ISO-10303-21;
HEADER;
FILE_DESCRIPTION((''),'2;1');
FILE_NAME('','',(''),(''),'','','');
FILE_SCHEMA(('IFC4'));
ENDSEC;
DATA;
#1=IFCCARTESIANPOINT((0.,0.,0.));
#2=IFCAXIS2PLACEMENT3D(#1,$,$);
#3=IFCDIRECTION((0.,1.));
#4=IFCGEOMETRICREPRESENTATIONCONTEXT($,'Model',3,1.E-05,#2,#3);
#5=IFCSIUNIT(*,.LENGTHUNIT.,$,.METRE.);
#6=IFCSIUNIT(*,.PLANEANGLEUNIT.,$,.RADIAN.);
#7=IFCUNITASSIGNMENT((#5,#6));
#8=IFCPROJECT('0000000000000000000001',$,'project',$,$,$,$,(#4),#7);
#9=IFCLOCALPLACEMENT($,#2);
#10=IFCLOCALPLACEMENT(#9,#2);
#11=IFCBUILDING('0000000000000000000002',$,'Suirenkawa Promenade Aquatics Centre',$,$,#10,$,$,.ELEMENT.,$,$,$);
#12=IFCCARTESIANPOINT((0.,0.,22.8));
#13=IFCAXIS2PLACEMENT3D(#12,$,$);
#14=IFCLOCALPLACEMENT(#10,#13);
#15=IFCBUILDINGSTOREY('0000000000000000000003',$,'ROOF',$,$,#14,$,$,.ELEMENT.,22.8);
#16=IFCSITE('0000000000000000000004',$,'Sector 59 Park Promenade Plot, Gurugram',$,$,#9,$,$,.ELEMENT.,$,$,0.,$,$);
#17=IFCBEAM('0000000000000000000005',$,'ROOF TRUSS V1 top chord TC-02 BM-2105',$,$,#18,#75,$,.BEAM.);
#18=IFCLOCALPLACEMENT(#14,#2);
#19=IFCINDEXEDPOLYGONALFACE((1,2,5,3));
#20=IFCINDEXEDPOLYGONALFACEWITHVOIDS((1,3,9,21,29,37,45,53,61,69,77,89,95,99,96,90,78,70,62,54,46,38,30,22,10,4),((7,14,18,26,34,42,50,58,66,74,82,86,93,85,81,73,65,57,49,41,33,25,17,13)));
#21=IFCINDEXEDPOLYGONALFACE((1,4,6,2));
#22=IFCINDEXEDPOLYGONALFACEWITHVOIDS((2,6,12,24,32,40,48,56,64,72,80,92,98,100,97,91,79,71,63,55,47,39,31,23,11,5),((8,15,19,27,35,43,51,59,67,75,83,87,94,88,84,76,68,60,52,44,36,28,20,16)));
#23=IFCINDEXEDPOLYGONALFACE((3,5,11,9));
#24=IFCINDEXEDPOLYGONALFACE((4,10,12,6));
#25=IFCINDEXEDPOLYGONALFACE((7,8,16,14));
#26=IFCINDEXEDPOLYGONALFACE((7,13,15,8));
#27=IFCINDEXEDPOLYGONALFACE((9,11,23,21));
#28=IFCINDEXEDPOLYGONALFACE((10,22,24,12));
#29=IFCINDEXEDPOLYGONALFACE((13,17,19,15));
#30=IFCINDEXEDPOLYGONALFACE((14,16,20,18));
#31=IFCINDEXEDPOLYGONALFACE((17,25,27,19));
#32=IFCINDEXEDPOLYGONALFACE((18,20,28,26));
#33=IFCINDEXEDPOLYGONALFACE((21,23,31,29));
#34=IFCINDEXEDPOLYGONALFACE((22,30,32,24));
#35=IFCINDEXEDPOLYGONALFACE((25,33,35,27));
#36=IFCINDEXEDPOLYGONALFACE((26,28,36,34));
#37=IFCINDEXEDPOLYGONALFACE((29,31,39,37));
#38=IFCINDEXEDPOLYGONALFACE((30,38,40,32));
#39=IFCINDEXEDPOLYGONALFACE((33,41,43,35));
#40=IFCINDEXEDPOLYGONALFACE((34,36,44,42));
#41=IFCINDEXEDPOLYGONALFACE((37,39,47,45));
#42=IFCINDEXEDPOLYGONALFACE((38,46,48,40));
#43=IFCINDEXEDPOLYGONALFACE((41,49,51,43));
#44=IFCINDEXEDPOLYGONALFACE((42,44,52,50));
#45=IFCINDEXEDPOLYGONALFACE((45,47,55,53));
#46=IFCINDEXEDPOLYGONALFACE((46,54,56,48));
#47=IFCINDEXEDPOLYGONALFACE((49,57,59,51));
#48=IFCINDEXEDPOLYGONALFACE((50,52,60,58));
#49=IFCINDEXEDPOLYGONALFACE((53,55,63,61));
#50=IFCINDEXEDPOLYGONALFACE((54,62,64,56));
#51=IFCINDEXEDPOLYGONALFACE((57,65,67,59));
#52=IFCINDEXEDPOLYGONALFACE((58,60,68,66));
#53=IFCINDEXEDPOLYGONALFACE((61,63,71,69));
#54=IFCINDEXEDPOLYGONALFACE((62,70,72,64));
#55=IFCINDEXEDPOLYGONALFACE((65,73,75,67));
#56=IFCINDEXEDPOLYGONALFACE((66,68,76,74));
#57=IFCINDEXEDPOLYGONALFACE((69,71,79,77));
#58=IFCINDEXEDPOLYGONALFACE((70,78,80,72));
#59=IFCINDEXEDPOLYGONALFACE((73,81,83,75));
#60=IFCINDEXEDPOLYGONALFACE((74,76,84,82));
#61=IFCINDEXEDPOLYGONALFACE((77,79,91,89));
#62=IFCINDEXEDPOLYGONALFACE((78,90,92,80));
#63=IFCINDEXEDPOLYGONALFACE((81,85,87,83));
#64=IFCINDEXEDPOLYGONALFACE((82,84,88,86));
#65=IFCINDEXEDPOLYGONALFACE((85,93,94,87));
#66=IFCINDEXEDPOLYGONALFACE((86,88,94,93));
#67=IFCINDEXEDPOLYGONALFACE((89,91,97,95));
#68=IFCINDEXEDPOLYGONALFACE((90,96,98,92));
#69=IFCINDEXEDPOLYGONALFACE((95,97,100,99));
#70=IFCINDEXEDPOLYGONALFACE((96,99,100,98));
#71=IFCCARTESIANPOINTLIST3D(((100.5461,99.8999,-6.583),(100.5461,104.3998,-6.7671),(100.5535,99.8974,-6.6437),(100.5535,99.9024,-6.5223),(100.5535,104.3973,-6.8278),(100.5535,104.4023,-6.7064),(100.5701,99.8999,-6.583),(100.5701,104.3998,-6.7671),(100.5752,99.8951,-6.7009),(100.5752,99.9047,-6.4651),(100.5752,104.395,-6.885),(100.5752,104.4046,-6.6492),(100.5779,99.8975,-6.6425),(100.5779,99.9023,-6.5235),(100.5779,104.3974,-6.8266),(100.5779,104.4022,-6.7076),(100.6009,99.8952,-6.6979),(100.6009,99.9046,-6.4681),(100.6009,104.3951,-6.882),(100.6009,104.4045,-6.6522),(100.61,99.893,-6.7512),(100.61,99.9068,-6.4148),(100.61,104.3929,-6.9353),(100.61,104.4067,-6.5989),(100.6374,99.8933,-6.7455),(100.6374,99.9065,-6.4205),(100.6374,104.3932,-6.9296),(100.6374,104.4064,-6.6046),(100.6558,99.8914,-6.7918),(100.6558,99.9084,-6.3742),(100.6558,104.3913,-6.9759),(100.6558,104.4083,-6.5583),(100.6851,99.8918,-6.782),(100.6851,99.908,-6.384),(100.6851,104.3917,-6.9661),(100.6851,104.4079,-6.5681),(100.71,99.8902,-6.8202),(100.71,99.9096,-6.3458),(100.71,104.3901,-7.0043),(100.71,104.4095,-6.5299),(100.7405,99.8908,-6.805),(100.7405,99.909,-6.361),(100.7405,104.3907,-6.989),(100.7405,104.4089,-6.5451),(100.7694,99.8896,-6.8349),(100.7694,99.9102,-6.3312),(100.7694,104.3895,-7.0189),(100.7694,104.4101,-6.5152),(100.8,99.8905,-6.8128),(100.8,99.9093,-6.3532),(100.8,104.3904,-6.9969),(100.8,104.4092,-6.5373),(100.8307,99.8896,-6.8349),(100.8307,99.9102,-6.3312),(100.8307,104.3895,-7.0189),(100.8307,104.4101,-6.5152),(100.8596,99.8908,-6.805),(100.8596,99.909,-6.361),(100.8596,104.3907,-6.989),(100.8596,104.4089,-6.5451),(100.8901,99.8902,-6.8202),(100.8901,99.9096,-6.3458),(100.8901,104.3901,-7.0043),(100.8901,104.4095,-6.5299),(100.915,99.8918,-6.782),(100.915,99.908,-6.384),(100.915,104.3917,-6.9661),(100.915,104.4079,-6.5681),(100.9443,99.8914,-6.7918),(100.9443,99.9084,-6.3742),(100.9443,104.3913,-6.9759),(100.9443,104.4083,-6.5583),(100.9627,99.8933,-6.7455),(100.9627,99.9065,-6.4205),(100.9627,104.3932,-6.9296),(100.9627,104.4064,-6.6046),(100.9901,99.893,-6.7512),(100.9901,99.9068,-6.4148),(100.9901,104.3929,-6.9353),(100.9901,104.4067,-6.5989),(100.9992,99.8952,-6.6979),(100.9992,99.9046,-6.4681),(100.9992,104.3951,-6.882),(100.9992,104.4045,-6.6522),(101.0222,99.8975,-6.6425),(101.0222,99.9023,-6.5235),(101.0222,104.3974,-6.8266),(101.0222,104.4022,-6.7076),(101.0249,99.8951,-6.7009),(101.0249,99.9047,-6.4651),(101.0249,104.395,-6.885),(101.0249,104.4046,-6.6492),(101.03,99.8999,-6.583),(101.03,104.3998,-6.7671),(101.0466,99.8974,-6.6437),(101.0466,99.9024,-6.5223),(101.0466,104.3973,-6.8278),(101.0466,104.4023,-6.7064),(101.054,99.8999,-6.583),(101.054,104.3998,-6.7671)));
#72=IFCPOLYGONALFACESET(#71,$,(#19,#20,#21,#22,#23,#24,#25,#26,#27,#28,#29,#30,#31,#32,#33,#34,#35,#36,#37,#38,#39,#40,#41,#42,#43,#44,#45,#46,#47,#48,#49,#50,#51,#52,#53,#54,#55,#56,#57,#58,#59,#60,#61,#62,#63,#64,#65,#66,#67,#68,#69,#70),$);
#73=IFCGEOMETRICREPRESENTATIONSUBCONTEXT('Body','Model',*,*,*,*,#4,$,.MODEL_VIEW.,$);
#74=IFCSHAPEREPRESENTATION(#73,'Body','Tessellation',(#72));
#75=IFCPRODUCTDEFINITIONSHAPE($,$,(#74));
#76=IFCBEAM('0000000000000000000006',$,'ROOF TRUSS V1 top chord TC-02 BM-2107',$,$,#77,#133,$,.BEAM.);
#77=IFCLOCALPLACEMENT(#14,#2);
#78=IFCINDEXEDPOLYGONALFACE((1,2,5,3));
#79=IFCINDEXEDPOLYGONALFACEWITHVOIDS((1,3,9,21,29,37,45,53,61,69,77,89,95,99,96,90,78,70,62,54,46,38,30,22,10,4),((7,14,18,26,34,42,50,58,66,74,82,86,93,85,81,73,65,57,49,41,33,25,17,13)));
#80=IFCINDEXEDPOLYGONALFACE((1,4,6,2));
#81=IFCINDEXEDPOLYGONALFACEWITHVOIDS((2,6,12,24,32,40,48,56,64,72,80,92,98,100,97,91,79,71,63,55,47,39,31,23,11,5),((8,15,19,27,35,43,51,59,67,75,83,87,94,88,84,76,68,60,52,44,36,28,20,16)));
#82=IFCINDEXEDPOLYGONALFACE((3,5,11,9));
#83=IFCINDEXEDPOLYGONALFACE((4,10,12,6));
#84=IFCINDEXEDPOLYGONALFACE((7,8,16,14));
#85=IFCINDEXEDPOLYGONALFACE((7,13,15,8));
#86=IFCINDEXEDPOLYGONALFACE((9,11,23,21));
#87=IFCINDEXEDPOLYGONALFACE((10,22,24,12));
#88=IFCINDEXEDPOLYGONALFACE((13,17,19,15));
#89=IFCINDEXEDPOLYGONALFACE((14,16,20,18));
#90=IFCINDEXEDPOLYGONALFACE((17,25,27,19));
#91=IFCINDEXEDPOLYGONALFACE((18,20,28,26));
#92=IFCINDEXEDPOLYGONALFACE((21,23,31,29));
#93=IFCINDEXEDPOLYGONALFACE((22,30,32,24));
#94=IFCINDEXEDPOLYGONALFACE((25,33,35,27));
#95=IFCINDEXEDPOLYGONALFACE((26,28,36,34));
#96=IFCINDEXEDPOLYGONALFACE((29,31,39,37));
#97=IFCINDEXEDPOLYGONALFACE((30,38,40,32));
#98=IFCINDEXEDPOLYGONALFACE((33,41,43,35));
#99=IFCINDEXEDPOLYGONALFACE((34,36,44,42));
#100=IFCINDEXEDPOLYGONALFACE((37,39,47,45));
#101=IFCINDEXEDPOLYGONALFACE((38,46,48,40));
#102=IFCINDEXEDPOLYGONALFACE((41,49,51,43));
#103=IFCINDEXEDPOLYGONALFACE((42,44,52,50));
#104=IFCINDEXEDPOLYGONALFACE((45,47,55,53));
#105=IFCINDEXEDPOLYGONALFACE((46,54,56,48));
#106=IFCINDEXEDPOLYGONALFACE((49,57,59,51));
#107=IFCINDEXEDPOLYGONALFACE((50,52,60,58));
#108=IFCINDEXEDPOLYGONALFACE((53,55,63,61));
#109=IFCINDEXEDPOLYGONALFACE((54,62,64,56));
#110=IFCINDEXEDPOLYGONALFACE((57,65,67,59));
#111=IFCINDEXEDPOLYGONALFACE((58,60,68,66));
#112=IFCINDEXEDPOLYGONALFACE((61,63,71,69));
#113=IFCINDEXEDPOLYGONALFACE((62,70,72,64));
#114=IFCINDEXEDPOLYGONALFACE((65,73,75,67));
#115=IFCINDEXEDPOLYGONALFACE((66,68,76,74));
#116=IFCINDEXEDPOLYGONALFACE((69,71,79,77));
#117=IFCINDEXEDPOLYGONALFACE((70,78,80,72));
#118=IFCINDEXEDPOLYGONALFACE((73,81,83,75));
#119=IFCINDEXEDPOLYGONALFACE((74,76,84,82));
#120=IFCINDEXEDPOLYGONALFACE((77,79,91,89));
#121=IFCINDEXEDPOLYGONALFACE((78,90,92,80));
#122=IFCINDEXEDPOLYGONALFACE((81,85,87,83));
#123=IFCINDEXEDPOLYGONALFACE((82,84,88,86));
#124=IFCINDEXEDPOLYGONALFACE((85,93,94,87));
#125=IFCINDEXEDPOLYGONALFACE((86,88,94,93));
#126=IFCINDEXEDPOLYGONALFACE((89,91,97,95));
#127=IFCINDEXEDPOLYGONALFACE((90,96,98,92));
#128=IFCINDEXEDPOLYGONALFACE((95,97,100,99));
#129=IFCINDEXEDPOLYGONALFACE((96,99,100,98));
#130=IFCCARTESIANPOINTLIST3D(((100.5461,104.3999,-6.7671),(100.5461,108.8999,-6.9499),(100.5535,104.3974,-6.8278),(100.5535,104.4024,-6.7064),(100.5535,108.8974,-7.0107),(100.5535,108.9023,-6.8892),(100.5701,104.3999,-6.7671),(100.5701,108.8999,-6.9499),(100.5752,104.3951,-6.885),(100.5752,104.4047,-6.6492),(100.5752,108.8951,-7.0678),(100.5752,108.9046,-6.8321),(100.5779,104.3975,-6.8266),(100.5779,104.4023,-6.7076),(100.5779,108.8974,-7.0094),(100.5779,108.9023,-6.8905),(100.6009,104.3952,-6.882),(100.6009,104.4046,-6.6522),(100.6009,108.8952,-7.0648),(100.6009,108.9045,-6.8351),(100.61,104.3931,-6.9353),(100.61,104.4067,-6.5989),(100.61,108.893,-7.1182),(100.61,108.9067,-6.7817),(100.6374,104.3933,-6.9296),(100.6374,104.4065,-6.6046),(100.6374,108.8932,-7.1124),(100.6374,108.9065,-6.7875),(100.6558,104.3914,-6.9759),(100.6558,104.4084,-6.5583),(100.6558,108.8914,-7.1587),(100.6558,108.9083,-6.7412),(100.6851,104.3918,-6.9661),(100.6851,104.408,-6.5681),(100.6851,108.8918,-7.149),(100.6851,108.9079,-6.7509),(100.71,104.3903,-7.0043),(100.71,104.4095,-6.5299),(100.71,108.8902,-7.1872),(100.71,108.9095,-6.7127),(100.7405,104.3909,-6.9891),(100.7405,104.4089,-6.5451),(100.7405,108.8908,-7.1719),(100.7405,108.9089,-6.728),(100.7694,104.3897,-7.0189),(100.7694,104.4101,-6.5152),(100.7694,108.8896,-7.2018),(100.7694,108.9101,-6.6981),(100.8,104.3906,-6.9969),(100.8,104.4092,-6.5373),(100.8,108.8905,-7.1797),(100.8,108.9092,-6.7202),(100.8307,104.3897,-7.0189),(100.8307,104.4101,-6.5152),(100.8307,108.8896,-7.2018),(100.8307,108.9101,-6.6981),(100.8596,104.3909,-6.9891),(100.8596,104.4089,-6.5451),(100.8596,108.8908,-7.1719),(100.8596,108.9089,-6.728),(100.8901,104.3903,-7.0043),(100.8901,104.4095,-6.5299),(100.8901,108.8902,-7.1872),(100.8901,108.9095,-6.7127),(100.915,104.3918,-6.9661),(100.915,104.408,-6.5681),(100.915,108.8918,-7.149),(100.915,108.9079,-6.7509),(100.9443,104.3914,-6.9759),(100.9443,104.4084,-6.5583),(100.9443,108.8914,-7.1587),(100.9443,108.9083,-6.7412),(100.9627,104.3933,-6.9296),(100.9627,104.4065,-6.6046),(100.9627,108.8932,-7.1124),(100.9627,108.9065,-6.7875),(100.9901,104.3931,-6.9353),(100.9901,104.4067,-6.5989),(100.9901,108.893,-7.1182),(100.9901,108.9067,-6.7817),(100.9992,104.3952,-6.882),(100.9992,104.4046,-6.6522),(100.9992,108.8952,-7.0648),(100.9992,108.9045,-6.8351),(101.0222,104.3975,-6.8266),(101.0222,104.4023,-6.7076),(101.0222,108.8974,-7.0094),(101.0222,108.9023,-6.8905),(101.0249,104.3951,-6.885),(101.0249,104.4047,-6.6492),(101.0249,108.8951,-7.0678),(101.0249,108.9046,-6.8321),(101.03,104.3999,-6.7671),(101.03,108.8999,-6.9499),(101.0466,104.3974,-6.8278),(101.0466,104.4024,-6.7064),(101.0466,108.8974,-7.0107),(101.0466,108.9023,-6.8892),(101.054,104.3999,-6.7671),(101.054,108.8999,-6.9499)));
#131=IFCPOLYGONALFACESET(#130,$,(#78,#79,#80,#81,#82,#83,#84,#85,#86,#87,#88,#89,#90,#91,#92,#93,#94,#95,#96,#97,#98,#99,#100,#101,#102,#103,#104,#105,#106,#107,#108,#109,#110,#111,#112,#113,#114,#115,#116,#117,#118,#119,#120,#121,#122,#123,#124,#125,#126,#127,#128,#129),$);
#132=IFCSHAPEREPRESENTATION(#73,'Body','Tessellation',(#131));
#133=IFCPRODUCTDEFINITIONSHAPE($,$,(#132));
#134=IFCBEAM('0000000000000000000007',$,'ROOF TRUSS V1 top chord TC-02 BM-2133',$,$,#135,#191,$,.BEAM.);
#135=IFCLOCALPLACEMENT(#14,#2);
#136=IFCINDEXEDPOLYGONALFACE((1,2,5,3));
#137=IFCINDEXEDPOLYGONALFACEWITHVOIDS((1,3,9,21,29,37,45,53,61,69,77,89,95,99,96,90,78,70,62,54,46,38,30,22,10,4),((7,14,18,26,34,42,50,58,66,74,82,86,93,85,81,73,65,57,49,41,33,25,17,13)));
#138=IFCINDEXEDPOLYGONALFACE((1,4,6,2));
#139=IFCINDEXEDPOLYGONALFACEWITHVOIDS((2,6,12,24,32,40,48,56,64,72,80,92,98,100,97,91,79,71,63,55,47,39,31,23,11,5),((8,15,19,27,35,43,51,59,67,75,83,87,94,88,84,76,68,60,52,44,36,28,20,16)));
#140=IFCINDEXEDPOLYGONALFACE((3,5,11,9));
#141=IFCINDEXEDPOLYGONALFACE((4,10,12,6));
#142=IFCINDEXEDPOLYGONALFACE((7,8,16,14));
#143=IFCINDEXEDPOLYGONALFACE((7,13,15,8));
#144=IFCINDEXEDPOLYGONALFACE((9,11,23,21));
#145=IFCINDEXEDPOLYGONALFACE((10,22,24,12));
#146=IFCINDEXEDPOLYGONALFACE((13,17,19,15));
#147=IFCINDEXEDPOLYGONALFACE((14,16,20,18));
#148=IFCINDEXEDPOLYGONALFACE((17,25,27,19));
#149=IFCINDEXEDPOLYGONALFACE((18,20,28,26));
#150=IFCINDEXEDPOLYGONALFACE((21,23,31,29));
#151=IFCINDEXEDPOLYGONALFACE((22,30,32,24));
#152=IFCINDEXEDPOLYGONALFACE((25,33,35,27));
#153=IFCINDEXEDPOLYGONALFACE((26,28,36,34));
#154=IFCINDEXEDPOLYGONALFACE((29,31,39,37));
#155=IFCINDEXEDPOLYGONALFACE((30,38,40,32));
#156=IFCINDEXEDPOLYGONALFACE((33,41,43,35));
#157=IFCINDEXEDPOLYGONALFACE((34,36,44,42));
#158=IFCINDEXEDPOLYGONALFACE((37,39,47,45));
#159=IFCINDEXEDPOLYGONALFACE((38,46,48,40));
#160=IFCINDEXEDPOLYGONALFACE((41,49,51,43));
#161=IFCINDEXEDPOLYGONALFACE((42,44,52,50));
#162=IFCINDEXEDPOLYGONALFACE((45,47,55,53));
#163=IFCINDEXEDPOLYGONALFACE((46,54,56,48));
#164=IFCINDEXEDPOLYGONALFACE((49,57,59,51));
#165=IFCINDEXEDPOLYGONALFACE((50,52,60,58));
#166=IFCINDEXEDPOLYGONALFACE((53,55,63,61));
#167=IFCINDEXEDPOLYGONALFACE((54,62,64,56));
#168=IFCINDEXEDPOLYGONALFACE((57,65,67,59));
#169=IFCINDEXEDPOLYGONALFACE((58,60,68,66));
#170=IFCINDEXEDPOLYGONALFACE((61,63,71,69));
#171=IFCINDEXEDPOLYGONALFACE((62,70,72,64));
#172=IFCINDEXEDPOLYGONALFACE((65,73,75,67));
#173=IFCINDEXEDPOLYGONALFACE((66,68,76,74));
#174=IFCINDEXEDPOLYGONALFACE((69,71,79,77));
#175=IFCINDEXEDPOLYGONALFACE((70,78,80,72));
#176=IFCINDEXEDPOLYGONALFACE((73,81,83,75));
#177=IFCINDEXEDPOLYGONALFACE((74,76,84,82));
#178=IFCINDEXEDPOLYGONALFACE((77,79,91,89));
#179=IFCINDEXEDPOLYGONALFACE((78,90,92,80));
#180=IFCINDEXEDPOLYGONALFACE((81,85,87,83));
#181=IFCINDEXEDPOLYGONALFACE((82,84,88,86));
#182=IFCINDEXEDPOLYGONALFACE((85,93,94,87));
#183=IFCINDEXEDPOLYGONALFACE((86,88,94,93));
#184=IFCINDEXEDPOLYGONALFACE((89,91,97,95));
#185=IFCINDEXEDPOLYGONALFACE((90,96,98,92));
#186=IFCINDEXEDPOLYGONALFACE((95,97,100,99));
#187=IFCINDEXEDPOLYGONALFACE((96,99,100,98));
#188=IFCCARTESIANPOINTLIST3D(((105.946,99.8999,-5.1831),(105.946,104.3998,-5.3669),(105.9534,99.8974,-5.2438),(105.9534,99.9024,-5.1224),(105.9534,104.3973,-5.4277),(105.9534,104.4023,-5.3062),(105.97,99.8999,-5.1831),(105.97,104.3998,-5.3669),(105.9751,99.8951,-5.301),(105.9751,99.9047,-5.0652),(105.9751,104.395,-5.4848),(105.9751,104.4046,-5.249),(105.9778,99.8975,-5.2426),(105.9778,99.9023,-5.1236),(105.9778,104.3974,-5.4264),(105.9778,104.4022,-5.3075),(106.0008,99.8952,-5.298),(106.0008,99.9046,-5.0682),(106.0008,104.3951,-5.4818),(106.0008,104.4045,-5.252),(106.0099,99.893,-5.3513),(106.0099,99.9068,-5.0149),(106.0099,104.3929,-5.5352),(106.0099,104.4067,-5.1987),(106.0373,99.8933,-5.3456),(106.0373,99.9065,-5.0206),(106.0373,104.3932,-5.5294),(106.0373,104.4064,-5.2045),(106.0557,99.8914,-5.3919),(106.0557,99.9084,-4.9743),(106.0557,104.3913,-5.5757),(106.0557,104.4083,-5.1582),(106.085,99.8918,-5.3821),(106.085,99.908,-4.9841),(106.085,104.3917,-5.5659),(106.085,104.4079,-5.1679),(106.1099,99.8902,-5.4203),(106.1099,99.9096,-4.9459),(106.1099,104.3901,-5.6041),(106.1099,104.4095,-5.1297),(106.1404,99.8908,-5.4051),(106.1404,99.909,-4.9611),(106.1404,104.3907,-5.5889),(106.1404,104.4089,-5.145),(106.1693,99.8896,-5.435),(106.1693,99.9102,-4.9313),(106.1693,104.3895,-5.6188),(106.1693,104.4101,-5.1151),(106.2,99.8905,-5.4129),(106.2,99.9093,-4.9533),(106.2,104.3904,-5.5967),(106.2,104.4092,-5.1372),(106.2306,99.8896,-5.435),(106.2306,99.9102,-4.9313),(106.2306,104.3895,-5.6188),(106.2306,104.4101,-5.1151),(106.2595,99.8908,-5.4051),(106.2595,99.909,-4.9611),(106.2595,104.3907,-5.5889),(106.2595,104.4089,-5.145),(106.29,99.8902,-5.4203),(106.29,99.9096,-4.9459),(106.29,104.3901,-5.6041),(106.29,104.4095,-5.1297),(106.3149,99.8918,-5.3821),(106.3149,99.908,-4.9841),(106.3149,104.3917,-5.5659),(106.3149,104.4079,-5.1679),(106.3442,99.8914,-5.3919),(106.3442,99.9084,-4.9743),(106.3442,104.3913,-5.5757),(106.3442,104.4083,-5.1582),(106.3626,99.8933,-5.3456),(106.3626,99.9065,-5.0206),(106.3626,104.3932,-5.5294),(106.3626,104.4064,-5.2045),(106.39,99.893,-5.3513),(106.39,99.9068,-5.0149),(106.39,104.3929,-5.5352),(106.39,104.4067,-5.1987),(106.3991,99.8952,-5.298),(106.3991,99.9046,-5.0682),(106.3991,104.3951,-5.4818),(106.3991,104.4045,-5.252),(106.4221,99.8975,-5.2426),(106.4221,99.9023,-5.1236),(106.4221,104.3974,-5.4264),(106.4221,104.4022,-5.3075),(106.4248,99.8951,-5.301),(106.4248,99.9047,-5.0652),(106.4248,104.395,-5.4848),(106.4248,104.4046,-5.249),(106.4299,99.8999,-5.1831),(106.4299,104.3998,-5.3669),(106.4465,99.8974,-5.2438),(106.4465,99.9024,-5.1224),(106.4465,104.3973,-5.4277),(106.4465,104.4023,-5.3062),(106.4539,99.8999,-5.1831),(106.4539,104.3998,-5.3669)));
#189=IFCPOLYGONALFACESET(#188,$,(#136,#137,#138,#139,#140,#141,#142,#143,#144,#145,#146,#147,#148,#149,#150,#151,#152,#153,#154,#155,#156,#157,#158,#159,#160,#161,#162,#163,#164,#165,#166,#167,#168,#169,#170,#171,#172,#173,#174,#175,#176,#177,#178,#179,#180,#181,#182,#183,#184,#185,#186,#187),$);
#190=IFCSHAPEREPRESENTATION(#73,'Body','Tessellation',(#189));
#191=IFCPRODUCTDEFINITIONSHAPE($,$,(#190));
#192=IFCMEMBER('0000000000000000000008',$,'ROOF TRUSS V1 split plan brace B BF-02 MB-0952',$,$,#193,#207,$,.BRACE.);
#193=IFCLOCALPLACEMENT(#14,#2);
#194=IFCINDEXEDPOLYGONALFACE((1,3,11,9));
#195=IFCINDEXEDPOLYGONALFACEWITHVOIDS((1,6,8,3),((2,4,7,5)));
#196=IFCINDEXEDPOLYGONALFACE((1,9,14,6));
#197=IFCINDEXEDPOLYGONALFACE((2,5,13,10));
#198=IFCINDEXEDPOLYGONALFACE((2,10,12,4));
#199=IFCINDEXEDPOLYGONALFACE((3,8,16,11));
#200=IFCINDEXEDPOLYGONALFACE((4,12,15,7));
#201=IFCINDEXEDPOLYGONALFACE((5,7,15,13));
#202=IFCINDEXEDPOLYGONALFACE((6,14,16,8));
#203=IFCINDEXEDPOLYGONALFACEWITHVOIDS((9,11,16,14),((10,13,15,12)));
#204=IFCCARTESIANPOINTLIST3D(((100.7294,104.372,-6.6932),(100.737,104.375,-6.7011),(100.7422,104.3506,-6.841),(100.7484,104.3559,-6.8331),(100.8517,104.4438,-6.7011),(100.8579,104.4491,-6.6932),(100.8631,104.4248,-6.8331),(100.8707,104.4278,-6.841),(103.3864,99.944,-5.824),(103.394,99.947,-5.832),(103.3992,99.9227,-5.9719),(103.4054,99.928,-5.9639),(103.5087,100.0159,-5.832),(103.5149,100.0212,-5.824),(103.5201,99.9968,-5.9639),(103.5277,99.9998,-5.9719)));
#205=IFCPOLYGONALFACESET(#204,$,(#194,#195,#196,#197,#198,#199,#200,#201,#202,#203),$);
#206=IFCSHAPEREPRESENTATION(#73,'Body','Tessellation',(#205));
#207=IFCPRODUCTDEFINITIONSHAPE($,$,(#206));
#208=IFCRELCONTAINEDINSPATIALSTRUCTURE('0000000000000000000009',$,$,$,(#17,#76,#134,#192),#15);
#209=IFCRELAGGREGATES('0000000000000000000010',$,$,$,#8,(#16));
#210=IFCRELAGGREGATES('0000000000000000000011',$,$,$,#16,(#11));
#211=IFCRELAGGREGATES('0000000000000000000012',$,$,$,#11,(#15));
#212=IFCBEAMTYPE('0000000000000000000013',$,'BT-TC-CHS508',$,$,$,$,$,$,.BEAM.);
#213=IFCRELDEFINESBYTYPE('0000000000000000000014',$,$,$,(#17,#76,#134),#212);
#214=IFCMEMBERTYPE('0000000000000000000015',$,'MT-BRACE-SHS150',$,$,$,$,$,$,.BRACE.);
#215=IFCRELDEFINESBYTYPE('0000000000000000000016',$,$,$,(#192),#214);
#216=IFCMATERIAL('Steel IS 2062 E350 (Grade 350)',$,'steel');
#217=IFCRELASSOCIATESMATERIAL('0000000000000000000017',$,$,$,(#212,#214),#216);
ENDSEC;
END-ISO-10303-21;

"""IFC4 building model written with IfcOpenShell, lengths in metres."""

from ifc_helpers import new_model, si_unit, direction, frame, origin, origin_2d, place, context, subcontext, project, spatial, hollow_rectangle, hollow_circle, extrude, material, material_profile, profile_set, type_object, element, save


model = new_model("IFC4")

# Units and contexts
model_context = context("Model", 3, precision=1e-05, world=origin(), true_north=direction((0.0, 1.0)))
body_context = subcontext(model_context, "Body", "Model", "MODEL_VIEW")
ifc_project = project(units=[si_unit("LENGTHUNIT", "METRE"), si_unit("PLANEANGLEUNIT", "RADIAN")], contexts=[model_context])

# Site, building, storey
site_placement = place(None, origin())
site = spatial("IfcSite", under=ifc_project, at=site_placement, Name="Sector 59 Park Promenade Plot, Gurugram", CompositionType="ELEMENT", RefElevation=0.0)
building_placement = place(site_placement, origin())
building = spatial("IfcBuilding", under=site, at=building_placement, Name="Suirenkawa Promenade Aquatics Centre", CompositionType="ELEMENT")
storey_placement = place(building_placement, frame((0.0, 0.0, 22.8)))
storey = spatial("IfcBuildingStorey", under=building, at=storey_placement, Name="ROOF", CompositionType="ELEMENT", Elevation=22.8)

# Beams
ifc_material = material(Name="Steel IS 2062 E350 (Grade 350)", Category="steel")
ifc_material_profile_1 = material_profile(ifc_material, hollow_circle(Radius=0.2539, WallThickness=0.0239, at=origin_2d()), Name="CHS 508x24", Category="steel")
ifc_profile_set_1 = profile_set([ifc_material_profile_1], Name="Steel IS 2062 E350 (Grade 350)")
beam_type_1 = type_object("IfcBeamType", Name="BT-TC-CHS508", PredefinedType="BEAM", material=ifc_profile_set_1)
for number, where, z_axis, x_axis, name in (
    (1, (100.8, 99.8999, -6.583), (0.0, 0.999164, -0.040873), (-1.0, 0.0, 0.0), "ROOF TRUSS V1 top chord TC-02 BM-2105"),
    (2, (100.8, 104.3999, -6.7671), (0.0, 0.999175, -0.040602), (-1.0, 0.0, 0.0), "ROOF TRUSS V1 top chord TC-02 BM-2107"),
    (3, (106.2, 99.8999, -5.1831), (0.0, 0.999167, -0.040819), (-1.0, 0.0, 0.0), "ROOF TRUSS V1 top chord TC-02 BM-2133"),
):
    element("IfcBeam", number, at=place(storey_placement, frame(where, z_axis=z_axis, x_axis=x_axis)), inside=storey, type_object=beam_type_1, Name=name, PredefinedType="BEAM", context=body_context, shape_type="SweptSolid", body=[
        extrude(hollow_circle(Radius=0.2539, WallThickness=0.0239, at=origin_2d()), origin(), (0.0, 0.0, 1.0), 4.5037),
    ])

# Member
ifc_material_profile_2 = material_profile(ifc_material, hollow_rectangle(XDim=0.1499, YDim=0.1499, WallThickness=0.0081, at=origin_2d()), Name="SHS 150x150x8", Category="steel")
ifc_profile_set_2 = profile_set([ifc_material_profile_2], Name="Steel IS 2062 E350 (Grade 350)")
member_type_1 = type_object("IfcMemberType", Name="MT-BRACE-SHS150", PredefinedType="BRACE", material=ifc_profile_set_2)
member_1_placement = place(storey_placement, frame((103.457, 99.9719, -5.8979), z_axis=(-0.507387, 0.845583, -0.165974), x_axis=(-0.857476, -0.514524, 0.0)))
element("IfcMember", 4, at=member_1_placement, inside=storey, type_object=member_type_1, Name="ROOF TRUSS V1 split plan brace B BF-02 MB-0952", PredefinedType="BRACE", context=body_context, shape_type="SweptSolid", body=[
    extrude(hollow_rectangle(XDim=0.1499, YDim=0.1499, WallThickness=0.0081, at=origin_2d()), origin(), (0.0, 0.0, 1.0), 5.2366),
])

save(model, "model.ifc")
